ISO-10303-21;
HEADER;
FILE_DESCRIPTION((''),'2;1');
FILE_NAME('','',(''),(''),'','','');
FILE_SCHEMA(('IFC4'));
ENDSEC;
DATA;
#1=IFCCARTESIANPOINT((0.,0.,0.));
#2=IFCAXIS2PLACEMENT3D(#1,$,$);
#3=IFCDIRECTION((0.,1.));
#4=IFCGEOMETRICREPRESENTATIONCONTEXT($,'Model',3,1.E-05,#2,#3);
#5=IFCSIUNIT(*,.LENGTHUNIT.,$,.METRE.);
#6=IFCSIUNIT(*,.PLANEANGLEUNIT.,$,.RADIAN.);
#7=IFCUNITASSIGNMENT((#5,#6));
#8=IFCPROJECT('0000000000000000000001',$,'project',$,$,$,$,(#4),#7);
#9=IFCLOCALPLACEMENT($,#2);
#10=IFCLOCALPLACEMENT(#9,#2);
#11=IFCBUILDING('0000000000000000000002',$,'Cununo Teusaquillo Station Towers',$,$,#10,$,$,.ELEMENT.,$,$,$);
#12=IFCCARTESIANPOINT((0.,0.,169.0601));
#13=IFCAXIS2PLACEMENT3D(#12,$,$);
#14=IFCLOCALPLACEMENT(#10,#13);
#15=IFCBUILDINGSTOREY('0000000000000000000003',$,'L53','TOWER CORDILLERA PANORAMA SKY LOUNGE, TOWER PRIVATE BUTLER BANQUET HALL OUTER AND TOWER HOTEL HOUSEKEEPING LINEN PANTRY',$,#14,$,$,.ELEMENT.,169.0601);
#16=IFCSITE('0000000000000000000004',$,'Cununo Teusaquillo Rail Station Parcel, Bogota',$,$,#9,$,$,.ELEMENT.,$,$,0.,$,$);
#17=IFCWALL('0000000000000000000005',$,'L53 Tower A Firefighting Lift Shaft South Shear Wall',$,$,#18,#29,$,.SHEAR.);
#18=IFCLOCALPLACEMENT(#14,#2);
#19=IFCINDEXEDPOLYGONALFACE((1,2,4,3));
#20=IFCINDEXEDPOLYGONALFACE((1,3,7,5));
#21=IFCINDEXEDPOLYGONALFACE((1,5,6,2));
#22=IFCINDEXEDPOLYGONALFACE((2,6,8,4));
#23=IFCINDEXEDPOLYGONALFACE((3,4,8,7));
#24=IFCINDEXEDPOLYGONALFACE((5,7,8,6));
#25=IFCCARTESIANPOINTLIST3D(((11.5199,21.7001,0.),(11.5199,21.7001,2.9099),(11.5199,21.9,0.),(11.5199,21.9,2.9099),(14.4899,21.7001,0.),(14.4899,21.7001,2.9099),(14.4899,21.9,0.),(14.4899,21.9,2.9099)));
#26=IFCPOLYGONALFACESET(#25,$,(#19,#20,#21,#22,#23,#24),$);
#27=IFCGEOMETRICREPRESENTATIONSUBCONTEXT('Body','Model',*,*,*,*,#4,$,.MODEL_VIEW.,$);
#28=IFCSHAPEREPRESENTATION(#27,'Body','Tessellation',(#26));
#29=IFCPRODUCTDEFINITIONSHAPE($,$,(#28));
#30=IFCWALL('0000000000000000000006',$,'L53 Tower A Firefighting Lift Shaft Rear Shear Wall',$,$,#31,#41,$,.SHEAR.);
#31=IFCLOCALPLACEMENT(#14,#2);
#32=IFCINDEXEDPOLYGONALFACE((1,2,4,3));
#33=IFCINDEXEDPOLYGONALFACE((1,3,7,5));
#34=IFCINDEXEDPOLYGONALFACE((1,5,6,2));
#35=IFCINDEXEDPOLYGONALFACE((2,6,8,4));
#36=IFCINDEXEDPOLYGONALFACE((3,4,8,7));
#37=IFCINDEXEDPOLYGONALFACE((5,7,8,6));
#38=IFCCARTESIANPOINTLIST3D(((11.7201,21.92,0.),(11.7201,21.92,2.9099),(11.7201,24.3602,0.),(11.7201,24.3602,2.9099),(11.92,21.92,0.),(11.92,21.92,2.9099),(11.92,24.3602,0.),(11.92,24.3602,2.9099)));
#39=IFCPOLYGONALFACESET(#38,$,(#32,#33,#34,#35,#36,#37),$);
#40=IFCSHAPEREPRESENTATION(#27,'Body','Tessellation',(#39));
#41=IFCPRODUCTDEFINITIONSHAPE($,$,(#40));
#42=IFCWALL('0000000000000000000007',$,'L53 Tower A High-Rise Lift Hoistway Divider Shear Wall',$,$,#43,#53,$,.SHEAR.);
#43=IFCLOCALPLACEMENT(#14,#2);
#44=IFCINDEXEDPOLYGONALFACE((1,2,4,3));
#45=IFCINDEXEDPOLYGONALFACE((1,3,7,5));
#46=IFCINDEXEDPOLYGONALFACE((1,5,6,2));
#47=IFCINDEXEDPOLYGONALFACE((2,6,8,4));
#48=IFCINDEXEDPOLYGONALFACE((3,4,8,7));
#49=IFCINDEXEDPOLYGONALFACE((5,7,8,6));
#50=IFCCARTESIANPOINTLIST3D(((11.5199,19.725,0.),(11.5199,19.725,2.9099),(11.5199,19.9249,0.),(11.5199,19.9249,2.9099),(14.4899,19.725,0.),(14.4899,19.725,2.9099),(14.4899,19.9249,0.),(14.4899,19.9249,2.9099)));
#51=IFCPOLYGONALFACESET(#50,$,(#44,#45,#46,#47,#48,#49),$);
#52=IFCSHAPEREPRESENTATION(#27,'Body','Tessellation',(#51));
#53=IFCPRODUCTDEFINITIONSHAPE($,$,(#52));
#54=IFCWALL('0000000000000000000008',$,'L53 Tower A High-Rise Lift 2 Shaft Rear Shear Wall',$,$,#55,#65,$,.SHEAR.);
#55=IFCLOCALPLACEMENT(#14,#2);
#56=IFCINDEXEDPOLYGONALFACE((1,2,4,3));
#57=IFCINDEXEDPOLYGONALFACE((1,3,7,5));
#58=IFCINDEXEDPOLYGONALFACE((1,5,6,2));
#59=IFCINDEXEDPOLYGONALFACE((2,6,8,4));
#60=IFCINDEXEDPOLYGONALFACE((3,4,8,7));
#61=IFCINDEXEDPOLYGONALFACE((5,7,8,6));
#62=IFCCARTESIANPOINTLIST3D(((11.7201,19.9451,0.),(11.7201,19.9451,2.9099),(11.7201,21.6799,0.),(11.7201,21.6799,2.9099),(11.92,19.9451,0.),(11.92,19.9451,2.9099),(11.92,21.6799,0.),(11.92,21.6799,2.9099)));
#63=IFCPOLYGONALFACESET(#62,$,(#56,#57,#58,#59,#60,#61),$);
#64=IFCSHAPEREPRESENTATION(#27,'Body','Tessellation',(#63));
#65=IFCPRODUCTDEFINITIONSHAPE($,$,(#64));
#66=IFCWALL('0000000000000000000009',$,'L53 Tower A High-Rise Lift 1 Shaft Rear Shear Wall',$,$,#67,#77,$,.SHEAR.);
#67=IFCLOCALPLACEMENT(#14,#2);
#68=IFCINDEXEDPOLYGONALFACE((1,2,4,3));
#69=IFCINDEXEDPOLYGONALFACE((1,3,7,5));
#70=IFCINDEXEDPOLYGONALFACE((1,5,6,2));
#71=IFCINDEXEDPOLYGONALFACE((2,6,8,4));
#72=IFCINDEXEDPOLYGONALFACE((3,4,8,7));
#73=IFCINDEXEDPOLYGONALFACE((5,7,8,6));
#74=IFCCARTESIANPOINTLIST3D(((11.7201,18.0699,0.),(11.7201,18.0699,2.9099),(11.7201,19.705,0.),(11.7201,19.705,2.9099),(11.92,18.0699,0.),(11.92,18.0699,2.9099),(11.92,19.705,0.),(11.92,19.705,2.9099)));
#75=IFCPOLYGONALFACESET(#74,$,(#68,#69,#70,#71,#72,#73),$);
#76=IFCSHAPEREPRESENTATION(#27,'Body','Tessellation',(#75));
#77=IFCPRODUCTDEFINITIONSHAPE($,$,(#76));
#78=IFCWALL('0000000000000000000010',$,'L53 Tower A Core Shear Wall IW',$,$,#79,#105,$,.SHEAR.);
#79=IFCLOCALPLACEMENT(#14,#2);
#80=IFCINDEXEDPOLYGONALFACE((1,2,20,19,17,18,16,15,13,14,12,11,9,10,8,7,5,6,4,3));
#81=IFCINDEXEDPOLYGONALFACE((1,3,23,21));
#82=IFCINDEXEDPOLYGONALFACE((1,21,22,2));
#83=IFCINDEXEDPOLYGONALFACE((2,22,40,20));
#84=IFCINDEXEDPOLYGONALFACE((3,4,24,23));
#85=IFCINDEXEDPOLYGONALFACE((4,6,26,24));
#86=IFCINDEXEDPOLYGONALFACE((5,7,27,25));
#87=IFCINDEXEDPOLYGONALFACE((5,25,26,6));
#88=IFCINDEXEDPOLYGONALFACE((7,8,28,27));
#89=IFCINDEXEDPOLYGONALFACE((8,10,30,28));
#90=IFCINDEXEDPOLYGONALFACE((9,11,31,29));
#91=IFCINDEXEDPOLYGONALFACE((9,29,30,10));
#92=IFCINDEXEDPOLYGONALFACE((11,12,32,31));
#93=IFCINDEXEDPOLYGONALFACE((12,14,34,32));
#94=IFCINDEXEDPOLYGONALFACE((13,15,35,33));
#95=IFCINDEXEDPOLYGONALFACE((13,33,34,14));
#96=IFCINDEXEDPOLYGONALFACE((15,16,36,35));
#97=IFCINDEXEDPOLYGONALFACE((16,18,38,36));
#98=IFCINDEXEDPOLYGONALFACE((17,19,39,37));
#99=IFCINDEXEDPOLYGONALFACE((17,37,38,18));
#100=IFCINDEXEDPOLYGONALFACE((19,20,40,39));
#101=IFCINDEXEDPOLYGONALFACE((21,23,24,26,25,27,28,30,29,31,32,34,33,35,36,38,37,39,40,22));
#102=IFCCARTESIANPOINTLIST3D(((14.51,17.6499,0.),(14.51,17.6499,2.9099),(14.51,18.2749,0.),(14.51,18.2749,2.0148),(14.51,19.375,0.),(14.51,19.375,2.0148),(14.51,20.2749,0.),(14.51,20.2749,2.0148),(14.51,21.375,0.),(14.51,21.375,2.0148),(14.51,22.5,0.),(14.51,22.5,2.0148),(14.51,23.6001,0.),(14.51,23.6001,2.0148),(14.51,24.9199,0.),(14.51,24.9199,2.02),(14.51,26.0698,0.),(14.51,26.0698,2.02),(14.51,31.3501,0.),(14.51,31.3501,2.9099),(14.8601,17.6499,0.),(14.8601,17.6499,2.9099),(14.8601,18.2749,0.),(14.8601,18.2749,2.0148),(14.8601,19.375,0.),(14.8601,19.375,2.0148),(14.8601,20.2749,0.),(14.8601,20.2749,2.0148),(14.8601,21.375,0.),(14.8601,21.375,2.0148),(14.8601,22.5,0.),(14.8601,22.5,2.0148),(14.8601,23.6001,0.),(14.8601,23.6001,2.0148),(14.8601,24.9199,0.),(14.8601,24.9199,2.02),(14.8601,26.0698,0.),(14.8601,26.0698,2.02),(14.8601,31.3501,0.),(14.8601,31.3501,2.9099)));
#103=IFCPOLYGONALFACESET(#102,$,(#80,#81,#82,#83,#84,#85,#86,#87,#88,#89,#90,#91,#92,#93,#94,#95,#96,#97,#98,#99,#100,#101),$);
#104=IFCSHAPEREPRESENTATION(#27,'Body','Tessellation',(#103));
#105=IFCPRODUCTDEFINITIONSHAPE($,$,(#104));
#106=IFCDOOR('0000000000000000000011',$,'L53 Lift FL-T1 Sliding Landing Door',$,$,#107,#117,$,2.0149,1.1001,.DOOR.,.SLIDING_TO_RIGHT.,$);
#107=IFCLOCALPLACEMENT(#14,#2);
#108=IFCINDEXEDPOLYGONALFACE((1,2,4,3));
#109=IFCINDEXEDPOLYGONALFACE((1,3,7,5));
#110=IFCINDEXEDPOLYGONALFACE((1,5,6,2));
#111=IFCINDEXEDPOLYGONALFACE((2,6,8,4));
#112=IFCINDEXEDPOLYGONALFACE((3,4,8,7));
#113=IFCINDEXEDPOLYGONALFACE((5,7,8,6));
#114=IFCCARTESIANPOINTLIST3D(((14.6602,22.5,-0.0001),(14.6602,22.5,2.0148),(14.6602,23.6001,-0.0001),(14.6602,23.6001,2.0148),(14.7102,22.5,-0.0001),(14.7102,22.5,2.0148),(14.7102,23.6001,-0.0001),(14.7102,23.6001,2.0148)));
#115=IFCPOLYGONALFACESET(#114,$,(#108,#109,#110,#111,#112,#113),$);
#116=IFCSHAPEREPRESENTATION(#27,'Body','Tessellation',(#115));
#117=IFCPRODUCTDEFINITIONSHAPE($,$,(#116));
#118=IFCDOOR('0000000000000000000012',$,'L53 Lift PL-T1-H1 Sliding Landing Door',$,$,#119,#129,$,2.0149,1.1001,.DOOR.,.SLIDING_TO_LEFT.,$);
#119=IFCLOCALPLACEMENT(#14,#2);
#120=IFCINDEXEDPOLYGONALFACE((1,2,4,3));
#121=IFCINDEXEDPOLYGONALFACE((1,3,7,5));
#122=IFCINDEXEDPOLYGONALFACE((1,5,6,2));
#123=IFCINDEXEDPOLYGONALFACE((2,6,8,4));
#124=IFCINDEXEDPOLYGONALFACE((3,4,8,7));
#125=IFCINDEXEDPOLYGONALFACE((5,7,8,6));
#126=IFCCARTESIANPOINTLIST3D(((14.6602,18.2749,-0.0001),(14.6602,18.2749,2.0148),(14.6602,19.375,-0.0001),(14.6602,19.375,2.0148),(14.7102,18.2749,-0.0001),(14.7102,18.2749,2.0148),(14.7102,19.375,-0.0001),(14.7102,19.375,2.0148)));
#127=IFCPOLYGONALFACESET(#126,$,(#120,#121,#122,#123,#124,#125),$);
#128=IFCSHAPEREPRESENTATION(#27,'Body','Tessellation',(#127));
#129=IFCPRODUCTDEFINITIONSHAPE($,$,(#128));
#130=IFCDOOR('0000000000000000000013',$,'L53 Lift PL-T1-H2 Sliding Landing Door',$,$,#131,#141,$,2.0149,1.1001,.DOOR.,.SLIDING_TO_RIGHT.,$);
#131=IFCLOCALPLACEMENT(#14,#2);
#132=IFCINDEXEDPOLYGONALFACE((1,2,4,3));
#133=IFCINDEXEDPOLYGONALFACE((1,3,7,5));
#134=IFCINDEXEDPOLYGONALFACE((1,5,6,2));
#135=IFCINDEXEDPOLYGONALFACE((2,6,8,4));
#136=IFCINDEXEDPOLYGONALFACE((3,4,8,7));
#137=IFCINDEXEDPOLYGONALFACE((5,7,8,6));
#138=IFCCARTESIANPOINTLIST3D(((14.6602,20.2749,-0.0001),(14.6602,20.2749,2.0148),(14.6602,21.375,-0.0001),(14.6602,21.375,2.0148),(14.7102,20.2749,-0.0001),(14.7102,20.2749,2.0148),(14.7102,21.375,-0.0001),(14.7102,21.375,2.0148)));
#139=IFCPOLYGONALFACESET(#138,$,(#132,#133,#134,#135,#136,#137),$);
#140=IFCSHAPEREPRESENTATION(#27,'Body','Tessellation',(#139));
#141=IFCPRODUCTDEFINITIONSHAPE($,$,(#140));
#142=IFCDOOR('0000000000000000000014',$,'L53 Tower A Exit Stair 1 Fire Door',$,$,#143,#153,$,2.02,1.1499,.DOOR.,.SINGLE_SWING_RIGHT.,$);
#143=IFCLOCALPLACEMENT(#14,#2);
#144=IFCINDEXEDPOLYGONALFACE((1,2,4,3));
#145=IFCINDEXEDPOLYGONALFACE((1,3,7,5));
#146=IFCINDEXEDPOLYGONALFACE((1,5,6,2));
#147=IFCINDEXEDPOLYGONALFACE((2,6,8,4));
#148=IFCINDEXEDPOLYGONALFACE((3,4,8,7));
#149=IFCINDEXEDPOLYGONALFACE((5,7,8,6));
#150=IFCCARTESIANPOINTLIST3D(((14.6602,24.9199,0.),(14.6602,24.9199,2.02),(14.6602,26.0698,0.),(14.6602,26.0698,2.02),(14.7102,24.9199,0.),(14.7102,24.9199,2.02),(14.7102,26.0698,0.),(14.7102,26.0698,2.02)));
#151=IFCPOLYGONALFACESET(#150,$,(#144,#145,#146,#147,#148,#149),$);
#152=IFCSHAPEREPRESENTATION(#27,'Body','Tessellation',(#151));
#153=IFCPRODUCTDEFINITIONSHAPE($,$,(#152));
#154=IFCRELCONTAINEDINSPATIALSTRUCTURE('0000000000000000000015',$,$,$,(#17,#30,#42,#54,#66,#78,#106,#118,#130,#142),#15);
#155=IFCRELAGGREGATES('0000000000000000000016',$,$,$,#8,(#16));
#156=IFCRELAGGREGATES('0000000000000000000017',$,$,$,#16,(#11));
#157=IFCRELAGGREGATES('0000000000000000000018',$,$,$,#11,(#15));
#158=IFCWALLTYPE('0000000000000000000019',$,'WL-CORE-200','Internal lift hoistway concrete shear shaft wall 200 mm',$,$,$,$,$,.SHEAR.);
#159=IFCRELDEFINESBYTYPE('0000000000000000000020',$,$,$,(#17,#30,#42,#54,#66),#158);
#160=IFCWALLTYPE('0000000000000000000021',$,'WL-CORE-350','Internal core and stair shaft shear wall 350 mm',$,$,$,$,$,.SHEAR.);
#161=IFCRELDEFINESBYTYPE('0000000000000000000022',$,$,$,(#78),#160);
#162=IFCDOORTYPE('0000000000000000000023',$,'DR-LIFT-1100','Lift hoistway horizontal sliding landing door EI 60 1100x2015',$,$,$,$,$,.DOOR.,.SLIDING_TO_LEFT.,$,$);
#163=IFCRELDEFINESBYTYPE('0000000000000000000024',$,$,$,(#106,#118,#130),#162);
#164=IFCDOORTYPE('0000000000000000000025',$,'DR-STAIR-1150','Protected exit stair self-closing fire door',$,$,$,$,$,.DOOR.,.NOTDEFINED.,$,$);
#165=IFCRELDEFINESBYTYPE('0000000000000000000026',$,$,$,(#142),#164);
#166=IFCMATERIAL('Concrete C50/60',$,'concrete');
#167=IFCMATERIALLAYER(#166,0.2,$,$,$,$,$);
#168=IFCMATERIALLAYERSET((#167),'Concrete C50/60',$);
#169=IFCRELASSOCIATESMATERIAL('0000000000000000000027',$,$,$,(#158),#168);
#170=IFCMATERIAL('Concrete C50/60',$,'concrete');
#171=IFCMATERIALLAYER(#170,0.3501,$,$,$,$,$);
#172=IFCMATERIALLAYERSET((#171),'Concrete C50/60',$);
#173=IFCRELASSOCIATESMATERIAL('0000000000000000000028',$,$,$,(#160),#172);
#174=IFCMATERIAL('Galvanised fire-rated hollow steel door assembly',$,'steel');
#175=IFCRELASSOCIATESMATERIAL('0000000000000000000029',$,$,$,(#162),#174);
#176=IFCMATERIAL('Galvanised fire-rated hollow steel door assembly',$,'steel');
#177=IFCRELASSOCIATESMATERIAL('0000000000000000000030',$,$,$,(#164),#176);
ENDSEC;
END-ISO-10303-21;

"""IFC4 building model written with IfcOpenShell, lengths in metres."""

from ifc_helpers import new_model, si_unit, direction, frame, frame_2d, origin, place, context, subcontext, project, spatial, rectangle, extrude, source, transform, mapped, material, layer, layer_set, type_object, element, fill, save


model = new_model("IFC4")

# Units and contexts
model_context = context("Model", 3, precision=1e-05, world=origin(), true_north=direction((0.0, 1.0)))
body_context = subcontext(model_context, "Body", "Model", "MODEL_VIEW")
ifc_project = project(units=[si_unit("LENGTHUNIT", "METRE"), si_unit("PLANEANGLEUNIT", "RADIAN")], contexts=[model_context])

# Site, building, storey
site_placement = place(None, origin())
site = spatial("IfcSite", under=ifc_project, at=site_placement, Name="Cununo Teusaquillo Rail Station Parcel, Bogota", CompositionType="ELEMENT", RefElevation=0.0)
building_placement = place(site_placement, origin())
building = spatial("IfcBuilding", under=site, at=building_placement, Name="Cununo Teusaquillo Station Towers", CompositionType="ELEMENT")
storey_placement = place(building_placement, frame((0.0, 0.0, 169.0601)))
storey = spatial("IfcBuildingStorey", under=building, at=storey_placement, Name="L53", Description="TOWER CORDILLERA PANORAMA SKY LOUNGE, TOWER PRIVATE BUTLER BANQUET HALL OUTER AND TOWER HOTEL HOUSEKEEPING LINEN PANTRY", CompositionType="ELEMENT", Elevation=169.0601)

# Walls
ifc_material_1 = material(Name="Concrete C50/60", Category="concrete")
ifc_layer_1 = layer(ifc_material_1, 0.2)
ifc_layer_set_1 = layer_set([ifc_layer_1], Name="Concrete C50/60")
wall_type_1 = type_object("IfcWallType", Name="WL-CORE-200", Description="Internal lift hoistway concrete shear shaft wall 200 mm", PredefinedType="SHEAR", material=ifc_layer_set_1)
wall_1_placement = place(storey_placement, frame((11.52, 21.8, 0.0), z_axis=(0.0, 0.0, 1.0), x_axis=(1.0, 0.0, 0.0)))
element("IfcWall", 1, at=wall_1_placement, inside=storey, type_object=wall_type_1, Name="L53 Tower A Firefighting Lift Shaft South Shear Wall", PredefinedType="SHEAR", context=body_context, shape_type="SweptSolid", body=[
    extrude(rectangle(XDim=2.97, YDim=0.2, at=frame_2d((1.4849, 0.0))), origin(), (0.0, 0.0, 1.0), 2.9099),
])
wall_2_placement = place(storey_placement, frame((11.8201, 21.9199, 0.0), z_axis=(0.0, 0.0, 1.0), x_axis=(0.0, 1.0, 0.0)))
element("IfcWall", 2, at=wall_2_placement, inside=storey, type_object=wall_type_1, Name="L53 Tower A Firefighting Lift Shaft Rear Shear Wall", PredefinedType="SHEAR", context=body_context, shape_type="SweptSolid", body=[
    extrude(rectangle(XDim=2.4402, YDim=0.2, at=frame_2d((1.2202, 0.0))), origin(), (0.0, 0.0, 1.0), 2.9099),
])
wall_3_placement = place(storey_placement, frame((11.52, 19.825, 0.0), z_axis=(0.0, 0.0, 1.0), x_axis=(1.0, 0.0, 0.0)))
element("IfcWall", 3, at=wall_3_placement, inside=storey, type_object=wall_type_1, Name="L53 Tower A High-Rise Lift Hoistway Divider Shear Wall", PredefinedType="SHEAR", context=body_context, shape_type="SweptSolid", body=[
    extrude(rectangle(XDim=2.97, YDim=0.2, at=frame_2d((1.4849, 0.0))), origin(), (0.0, 0.0, 1.0), 2.9099),
])
wall_4_placement = place(storey_placement, frame((11.8201, 19.9451, 0.0), z_axis=(0.0, 0.0, 1.0), x_axis=(0.0, 1.0, 0.0)))
element("IfcWall", 4, at=wall_4_placement, inside=storey, type_object=wall_type_1, Name="L53 Tower A High-Rise Lift 2 Shaft Rear Shear Wall", PredefinedType="SHEAR", context=body_context, shape_type="SweptSolid", body=[
    extrude(rectangle(XDim=1.7349, YDim=0.2, at=frame_2d((0.8674, 0.0))), origin(), (0.0, 0.0, 1.0), 2.9099),
])
wall_5_placement = place(storey_placement, frame((11.8201, 18.0701, 0.0), z_axis=(0.0, 0.0, 1.0), x_axis=(0.0, 1.0, 0.0)))
element("IfcWall", 5, at=wall_5_placement, inside=storey, type_object=wall_type_1, Name="L53 Tower A High-Rise Lift 1 Shaft Rear Shear Wall", PredefinedType="SHEAR", context=body_context, shape_type="SweptSolid", body=[
    extrude(rectangle(XDim=1.635, YDim=0.2, at=frame_2d((0.8174, 0.0))), origin(), (0.0, 0.0, 1.0), 2.9099),
])

# Wall, openings, doors
ifc_material_2 = material(Name="Concrete C50/60", Category="concrete")
ifc_layer_2 = layer(ifc_material_2, 0.3501)
ifc_layer_set_2 = layer_set([ifc_layer_2], Name="Concrete C50/60")
wall_type_2 = type_object("IfcWallType", Name="WL-CORE-350", Description="Internal core and stair shaft shear wall 350 mm", PredefinedType="SHEAR", material=ifc_layer_set_2)
wall_6_placement = place(storey_placement, frame((14.6851, 17.6499, 0.0), z_axis=(0.0, 0.0, 1.0), x_axis=(0.0, 1.0, 0.0)))
wall_6 = element("IfcWall", 6, at=wall_6_placement, inside=storey, type_object=wall_type_2, Name="L53 Tower A Core Shear Wall IW", PredefinedType="SHEAR", context=body_context, shape_type="SweptSolid", body=[
    extrude(rectangle(XDim=13.7002, YDim=0.3501, at=frame_2d((6.8501, 0.0))), origin(), (0.0, 0.0, 1.0), 2.9099),
])
shared_shape_1 = source(origin(), body_context, "Body", "SweptSolid", [
    extrude(rectangle(XDim=1.1001, YDim=2.0149, at=frame_2d((0.55, 1.0073))), frame((0.0, 0.1851, 0.0), z_axis=(0.0, -1.0, 0.0), x_axis=(1.0, 0.0, 0.0)), (0.0, 0.0, 1.0), 0.3701),
])
opening_1_placement = place(wall_6_placement, frame((4.8501, 0.0, 0.0)))
opening_1 = element("IfcOpeningElement", 7, at=opening_1_placement, cuts=wall_6, PredefinedType="OPENING", context=body_context, shape_type="MappedRepresentation", body=[
    mapped(shared_shape_1, transform((0.0, 0.0, 0.0), x_axis=(1.0, 0.0, 0.0), y_axis=(0.0, 1.0, 0.0), z_axis=(0.0, 0.0, 1.0), scale=1.0)),
])
opening_2_placement = place(wall_6_placement, frame((0.625, 0.0, 0.0)))
opening_2 = element("IfcOpeningElement", 8, at=opening_2_placement, cuts=wall_6, PredefinedType="OPENING", context=body_context, shape_type="MappedRepresentation", body=[
    mapped(shared_shape_1, transform((0.0, 0.0, 0.0), x_axis=(1.0, 0.0, 0.0), y_axis=(0.0, 1.0, 0.0), z_axis=(0.0, 0.0, 1.0), scale=1.0)),
])
opening_3_placement = place(wall_6_placement, frame((2.625, 0.0, 0.0)))
opening_3 = element("IfcOpeningElement", 9, at=opening_3_placement, cuts=wall_6, PredefinedType="OPENING", context=body_context, shape_type="MappedRepresentation", body=[
    mapped(shared_shape_1, transform((0.0, 0.0, 0.0), x_axis=(1.0, 0.0, 0.0), y_axis=(0.0, 1.0, 0.0), z_axis=(0.0, 0.0, 1.0), scale=1.0)),
])
shared_shape_2 = source(origin(), body_context, "Body", "SweptSolid", [
    extrude(rectangle(XDim=1.1499, YDim=2.02, at=frame_2d((0.575, 1.01))), frame((0.0, 0.1851, 0.0), z_axis=(0.0, -1.0, 0.0), x_axis=(1.0, 0.0, 0.0)), (0.0, 0.0, 1.0), 0.3701),
])
opening_4_placement = place(wall_6_placement, frame((7.27, 0.0, 0.0)))
opening_4 = element("IfcOpeningElement", 10, at=opening_4_placement, cuts=wall_6, PredefinedType="OPENING", context=body_context, shape_type="MappedRepresentation", body=[
    mapped(shared_shape_2, transform((0.0, 0.0, 0.0), x_axis=(1.0, 0.0, 0.0), y_axis=(0.0, 1.0, 0.0), z_axis=(0.0, 0.0, 1.0), scale=1.0)),
])
ifc_material_3 = material(Name="Galvanised fire-rated hollow steel door assembly", Category="steel")
door_type_1 = type_object("IfcDoorType", Name="DR-LIFT-1100", Description="Lift hoistway horizontal sliding landing door EI 60 1100x2015", OperationType="SLIDING_TO_LEFT", PredefinedType="DOOR", material=ifc_material_3)
shared_shape_3 = source(origin(), body_context, "Body", "SweptSolid", [
    extrude(rectangle(XDim=1.1001, YDim=2.0149, at=frame_2d((0.55, 1.0073))), frame((0.0, 0.0249, 0.0), z_axis=(0.0, -1.0, 0.0), x_axis=(1.0, 0.0, 0.0)), (0.0, 0.0, 1.0), 0.05),
])
door_1_placement = place(opening_1_placement, origin())
door_1 = element("IfcDoor", 11, at=door_1_placement, inside=storey, type_object=door_type_1, Name="L53 Lift FL-T1 Sliding Landing Door", OperationType="SLIDING_TO_RIGHT", OverallHeight=2.0149, OverallWidth=1.1001, PredefinedType="DOOR", context=body_context, shape_type="MappedRepresentation", body=[
    mapped(shared_shape_3, transform((0.0, 0.0, 0.0), x_axis=(1.0, 0.0, 0.0), y_axis=(0.0, 1.0, 0.0), z_axis=(0.0, 0.0, 1.0), scale=1.0)),
])
fill(opening_1, door_1)
door_2_placement = place(opening_2_placement, origin())
door_2 = element("IfcDoor", 12, at=door_2_placement, inside=storey, type_object=door_type_1, Name="L53 Lift PL-T1-H1 Sliding Landing Door", OperationType="SLIDING_TO_LEFT", OverallHeight=2.0149, OverallWidth=1.1001, PredefinedType="DOOR", context=body_context, shape_type="MappedRepresentation", body=[
    mapped(shared_shape_3, transform((0.0, 0.0, 0.0), x_axis=(1.0, 0.0, 0.0), y_axis=(0.0, 1.0, 0.0), z_axis=(0.0, 0.0, 1.0), scale=1.0)),
])
fill(opening_2, door_2)
door_3_placement = place(opening_3_placement, origin())
door_3 = element("IfcDoor", 13, at=door_3_placement, inside=storey, type_object=door_type_1, Name="L53 Lift PL-T1-H2 Sliding Landing Door", OperationType="SLIDING_TO_RIGHT", OverallHeight=2.0149, OverallWidth=1.1001, PredefinedType="DOOR", context=body_context, shape_type="MappedRepresentation", body=[
    mapped(shared_shape_3, transform((0.0, 0.0, 0.0), x_axis=(1.0, 0.0, 0.0), y_axis=(0.0, 1.0, 0.0), z_axis=(0.0, 0.0, 1.0), scale=1.0)),
])
fill(opening_3, door_3)
ifc_material_4 = material(Name="Galvanised fire-rated hollow steel door assembly", Category="steel")
door_type_2 = type_object("IfcDoorType", Name="DR-STAIR-1150", Description="Protected exit stair self-closing fire door", OperationType="NOTDEFINED", PredefinedType="DOOR", material=ifc_material_4)
shared_shape_4 = source(origin(), body_context, "Body", "SweptSolid", [
    extrude(rectangle(XDim=1.1499, YDim=2.02, at=frame_2d((0.575, 1.01))), frame((0.0, 0.0249, 0.0), z_axis=(0.0, -1.0, 0.0), x_axis=(1.0, 0.0, 0.0)), (0.0, 0.0, 1.0), 0.05),
])
door_4_placement = place(opening_4_placement, origin())
door_4 = element("IfcDoor", 14, at=door_4_placement, inside=storey, type_object=door_type_2, Name="L53 Tower A Exit Stair 1 Fire Door", OperationType="SINGLE_SWING_RIGHT", OverallHeight=2.02, OverallWidth=1.1499, PredefinedType="DOOR", context=body_context, shape_type="MappedRepresentation", body=[
    mapped(shared_shape_4, transform((0.0, 0.0, 0.0), x_axis=(1.0, 0.0, 0.0), y_axis=(0.0, 1.0, 0.0), z_axis=(0.0, 0.0, 1.0), scale=1.0)),
])
fill(opening_4, door_4)

save(model, "model.ifc")
